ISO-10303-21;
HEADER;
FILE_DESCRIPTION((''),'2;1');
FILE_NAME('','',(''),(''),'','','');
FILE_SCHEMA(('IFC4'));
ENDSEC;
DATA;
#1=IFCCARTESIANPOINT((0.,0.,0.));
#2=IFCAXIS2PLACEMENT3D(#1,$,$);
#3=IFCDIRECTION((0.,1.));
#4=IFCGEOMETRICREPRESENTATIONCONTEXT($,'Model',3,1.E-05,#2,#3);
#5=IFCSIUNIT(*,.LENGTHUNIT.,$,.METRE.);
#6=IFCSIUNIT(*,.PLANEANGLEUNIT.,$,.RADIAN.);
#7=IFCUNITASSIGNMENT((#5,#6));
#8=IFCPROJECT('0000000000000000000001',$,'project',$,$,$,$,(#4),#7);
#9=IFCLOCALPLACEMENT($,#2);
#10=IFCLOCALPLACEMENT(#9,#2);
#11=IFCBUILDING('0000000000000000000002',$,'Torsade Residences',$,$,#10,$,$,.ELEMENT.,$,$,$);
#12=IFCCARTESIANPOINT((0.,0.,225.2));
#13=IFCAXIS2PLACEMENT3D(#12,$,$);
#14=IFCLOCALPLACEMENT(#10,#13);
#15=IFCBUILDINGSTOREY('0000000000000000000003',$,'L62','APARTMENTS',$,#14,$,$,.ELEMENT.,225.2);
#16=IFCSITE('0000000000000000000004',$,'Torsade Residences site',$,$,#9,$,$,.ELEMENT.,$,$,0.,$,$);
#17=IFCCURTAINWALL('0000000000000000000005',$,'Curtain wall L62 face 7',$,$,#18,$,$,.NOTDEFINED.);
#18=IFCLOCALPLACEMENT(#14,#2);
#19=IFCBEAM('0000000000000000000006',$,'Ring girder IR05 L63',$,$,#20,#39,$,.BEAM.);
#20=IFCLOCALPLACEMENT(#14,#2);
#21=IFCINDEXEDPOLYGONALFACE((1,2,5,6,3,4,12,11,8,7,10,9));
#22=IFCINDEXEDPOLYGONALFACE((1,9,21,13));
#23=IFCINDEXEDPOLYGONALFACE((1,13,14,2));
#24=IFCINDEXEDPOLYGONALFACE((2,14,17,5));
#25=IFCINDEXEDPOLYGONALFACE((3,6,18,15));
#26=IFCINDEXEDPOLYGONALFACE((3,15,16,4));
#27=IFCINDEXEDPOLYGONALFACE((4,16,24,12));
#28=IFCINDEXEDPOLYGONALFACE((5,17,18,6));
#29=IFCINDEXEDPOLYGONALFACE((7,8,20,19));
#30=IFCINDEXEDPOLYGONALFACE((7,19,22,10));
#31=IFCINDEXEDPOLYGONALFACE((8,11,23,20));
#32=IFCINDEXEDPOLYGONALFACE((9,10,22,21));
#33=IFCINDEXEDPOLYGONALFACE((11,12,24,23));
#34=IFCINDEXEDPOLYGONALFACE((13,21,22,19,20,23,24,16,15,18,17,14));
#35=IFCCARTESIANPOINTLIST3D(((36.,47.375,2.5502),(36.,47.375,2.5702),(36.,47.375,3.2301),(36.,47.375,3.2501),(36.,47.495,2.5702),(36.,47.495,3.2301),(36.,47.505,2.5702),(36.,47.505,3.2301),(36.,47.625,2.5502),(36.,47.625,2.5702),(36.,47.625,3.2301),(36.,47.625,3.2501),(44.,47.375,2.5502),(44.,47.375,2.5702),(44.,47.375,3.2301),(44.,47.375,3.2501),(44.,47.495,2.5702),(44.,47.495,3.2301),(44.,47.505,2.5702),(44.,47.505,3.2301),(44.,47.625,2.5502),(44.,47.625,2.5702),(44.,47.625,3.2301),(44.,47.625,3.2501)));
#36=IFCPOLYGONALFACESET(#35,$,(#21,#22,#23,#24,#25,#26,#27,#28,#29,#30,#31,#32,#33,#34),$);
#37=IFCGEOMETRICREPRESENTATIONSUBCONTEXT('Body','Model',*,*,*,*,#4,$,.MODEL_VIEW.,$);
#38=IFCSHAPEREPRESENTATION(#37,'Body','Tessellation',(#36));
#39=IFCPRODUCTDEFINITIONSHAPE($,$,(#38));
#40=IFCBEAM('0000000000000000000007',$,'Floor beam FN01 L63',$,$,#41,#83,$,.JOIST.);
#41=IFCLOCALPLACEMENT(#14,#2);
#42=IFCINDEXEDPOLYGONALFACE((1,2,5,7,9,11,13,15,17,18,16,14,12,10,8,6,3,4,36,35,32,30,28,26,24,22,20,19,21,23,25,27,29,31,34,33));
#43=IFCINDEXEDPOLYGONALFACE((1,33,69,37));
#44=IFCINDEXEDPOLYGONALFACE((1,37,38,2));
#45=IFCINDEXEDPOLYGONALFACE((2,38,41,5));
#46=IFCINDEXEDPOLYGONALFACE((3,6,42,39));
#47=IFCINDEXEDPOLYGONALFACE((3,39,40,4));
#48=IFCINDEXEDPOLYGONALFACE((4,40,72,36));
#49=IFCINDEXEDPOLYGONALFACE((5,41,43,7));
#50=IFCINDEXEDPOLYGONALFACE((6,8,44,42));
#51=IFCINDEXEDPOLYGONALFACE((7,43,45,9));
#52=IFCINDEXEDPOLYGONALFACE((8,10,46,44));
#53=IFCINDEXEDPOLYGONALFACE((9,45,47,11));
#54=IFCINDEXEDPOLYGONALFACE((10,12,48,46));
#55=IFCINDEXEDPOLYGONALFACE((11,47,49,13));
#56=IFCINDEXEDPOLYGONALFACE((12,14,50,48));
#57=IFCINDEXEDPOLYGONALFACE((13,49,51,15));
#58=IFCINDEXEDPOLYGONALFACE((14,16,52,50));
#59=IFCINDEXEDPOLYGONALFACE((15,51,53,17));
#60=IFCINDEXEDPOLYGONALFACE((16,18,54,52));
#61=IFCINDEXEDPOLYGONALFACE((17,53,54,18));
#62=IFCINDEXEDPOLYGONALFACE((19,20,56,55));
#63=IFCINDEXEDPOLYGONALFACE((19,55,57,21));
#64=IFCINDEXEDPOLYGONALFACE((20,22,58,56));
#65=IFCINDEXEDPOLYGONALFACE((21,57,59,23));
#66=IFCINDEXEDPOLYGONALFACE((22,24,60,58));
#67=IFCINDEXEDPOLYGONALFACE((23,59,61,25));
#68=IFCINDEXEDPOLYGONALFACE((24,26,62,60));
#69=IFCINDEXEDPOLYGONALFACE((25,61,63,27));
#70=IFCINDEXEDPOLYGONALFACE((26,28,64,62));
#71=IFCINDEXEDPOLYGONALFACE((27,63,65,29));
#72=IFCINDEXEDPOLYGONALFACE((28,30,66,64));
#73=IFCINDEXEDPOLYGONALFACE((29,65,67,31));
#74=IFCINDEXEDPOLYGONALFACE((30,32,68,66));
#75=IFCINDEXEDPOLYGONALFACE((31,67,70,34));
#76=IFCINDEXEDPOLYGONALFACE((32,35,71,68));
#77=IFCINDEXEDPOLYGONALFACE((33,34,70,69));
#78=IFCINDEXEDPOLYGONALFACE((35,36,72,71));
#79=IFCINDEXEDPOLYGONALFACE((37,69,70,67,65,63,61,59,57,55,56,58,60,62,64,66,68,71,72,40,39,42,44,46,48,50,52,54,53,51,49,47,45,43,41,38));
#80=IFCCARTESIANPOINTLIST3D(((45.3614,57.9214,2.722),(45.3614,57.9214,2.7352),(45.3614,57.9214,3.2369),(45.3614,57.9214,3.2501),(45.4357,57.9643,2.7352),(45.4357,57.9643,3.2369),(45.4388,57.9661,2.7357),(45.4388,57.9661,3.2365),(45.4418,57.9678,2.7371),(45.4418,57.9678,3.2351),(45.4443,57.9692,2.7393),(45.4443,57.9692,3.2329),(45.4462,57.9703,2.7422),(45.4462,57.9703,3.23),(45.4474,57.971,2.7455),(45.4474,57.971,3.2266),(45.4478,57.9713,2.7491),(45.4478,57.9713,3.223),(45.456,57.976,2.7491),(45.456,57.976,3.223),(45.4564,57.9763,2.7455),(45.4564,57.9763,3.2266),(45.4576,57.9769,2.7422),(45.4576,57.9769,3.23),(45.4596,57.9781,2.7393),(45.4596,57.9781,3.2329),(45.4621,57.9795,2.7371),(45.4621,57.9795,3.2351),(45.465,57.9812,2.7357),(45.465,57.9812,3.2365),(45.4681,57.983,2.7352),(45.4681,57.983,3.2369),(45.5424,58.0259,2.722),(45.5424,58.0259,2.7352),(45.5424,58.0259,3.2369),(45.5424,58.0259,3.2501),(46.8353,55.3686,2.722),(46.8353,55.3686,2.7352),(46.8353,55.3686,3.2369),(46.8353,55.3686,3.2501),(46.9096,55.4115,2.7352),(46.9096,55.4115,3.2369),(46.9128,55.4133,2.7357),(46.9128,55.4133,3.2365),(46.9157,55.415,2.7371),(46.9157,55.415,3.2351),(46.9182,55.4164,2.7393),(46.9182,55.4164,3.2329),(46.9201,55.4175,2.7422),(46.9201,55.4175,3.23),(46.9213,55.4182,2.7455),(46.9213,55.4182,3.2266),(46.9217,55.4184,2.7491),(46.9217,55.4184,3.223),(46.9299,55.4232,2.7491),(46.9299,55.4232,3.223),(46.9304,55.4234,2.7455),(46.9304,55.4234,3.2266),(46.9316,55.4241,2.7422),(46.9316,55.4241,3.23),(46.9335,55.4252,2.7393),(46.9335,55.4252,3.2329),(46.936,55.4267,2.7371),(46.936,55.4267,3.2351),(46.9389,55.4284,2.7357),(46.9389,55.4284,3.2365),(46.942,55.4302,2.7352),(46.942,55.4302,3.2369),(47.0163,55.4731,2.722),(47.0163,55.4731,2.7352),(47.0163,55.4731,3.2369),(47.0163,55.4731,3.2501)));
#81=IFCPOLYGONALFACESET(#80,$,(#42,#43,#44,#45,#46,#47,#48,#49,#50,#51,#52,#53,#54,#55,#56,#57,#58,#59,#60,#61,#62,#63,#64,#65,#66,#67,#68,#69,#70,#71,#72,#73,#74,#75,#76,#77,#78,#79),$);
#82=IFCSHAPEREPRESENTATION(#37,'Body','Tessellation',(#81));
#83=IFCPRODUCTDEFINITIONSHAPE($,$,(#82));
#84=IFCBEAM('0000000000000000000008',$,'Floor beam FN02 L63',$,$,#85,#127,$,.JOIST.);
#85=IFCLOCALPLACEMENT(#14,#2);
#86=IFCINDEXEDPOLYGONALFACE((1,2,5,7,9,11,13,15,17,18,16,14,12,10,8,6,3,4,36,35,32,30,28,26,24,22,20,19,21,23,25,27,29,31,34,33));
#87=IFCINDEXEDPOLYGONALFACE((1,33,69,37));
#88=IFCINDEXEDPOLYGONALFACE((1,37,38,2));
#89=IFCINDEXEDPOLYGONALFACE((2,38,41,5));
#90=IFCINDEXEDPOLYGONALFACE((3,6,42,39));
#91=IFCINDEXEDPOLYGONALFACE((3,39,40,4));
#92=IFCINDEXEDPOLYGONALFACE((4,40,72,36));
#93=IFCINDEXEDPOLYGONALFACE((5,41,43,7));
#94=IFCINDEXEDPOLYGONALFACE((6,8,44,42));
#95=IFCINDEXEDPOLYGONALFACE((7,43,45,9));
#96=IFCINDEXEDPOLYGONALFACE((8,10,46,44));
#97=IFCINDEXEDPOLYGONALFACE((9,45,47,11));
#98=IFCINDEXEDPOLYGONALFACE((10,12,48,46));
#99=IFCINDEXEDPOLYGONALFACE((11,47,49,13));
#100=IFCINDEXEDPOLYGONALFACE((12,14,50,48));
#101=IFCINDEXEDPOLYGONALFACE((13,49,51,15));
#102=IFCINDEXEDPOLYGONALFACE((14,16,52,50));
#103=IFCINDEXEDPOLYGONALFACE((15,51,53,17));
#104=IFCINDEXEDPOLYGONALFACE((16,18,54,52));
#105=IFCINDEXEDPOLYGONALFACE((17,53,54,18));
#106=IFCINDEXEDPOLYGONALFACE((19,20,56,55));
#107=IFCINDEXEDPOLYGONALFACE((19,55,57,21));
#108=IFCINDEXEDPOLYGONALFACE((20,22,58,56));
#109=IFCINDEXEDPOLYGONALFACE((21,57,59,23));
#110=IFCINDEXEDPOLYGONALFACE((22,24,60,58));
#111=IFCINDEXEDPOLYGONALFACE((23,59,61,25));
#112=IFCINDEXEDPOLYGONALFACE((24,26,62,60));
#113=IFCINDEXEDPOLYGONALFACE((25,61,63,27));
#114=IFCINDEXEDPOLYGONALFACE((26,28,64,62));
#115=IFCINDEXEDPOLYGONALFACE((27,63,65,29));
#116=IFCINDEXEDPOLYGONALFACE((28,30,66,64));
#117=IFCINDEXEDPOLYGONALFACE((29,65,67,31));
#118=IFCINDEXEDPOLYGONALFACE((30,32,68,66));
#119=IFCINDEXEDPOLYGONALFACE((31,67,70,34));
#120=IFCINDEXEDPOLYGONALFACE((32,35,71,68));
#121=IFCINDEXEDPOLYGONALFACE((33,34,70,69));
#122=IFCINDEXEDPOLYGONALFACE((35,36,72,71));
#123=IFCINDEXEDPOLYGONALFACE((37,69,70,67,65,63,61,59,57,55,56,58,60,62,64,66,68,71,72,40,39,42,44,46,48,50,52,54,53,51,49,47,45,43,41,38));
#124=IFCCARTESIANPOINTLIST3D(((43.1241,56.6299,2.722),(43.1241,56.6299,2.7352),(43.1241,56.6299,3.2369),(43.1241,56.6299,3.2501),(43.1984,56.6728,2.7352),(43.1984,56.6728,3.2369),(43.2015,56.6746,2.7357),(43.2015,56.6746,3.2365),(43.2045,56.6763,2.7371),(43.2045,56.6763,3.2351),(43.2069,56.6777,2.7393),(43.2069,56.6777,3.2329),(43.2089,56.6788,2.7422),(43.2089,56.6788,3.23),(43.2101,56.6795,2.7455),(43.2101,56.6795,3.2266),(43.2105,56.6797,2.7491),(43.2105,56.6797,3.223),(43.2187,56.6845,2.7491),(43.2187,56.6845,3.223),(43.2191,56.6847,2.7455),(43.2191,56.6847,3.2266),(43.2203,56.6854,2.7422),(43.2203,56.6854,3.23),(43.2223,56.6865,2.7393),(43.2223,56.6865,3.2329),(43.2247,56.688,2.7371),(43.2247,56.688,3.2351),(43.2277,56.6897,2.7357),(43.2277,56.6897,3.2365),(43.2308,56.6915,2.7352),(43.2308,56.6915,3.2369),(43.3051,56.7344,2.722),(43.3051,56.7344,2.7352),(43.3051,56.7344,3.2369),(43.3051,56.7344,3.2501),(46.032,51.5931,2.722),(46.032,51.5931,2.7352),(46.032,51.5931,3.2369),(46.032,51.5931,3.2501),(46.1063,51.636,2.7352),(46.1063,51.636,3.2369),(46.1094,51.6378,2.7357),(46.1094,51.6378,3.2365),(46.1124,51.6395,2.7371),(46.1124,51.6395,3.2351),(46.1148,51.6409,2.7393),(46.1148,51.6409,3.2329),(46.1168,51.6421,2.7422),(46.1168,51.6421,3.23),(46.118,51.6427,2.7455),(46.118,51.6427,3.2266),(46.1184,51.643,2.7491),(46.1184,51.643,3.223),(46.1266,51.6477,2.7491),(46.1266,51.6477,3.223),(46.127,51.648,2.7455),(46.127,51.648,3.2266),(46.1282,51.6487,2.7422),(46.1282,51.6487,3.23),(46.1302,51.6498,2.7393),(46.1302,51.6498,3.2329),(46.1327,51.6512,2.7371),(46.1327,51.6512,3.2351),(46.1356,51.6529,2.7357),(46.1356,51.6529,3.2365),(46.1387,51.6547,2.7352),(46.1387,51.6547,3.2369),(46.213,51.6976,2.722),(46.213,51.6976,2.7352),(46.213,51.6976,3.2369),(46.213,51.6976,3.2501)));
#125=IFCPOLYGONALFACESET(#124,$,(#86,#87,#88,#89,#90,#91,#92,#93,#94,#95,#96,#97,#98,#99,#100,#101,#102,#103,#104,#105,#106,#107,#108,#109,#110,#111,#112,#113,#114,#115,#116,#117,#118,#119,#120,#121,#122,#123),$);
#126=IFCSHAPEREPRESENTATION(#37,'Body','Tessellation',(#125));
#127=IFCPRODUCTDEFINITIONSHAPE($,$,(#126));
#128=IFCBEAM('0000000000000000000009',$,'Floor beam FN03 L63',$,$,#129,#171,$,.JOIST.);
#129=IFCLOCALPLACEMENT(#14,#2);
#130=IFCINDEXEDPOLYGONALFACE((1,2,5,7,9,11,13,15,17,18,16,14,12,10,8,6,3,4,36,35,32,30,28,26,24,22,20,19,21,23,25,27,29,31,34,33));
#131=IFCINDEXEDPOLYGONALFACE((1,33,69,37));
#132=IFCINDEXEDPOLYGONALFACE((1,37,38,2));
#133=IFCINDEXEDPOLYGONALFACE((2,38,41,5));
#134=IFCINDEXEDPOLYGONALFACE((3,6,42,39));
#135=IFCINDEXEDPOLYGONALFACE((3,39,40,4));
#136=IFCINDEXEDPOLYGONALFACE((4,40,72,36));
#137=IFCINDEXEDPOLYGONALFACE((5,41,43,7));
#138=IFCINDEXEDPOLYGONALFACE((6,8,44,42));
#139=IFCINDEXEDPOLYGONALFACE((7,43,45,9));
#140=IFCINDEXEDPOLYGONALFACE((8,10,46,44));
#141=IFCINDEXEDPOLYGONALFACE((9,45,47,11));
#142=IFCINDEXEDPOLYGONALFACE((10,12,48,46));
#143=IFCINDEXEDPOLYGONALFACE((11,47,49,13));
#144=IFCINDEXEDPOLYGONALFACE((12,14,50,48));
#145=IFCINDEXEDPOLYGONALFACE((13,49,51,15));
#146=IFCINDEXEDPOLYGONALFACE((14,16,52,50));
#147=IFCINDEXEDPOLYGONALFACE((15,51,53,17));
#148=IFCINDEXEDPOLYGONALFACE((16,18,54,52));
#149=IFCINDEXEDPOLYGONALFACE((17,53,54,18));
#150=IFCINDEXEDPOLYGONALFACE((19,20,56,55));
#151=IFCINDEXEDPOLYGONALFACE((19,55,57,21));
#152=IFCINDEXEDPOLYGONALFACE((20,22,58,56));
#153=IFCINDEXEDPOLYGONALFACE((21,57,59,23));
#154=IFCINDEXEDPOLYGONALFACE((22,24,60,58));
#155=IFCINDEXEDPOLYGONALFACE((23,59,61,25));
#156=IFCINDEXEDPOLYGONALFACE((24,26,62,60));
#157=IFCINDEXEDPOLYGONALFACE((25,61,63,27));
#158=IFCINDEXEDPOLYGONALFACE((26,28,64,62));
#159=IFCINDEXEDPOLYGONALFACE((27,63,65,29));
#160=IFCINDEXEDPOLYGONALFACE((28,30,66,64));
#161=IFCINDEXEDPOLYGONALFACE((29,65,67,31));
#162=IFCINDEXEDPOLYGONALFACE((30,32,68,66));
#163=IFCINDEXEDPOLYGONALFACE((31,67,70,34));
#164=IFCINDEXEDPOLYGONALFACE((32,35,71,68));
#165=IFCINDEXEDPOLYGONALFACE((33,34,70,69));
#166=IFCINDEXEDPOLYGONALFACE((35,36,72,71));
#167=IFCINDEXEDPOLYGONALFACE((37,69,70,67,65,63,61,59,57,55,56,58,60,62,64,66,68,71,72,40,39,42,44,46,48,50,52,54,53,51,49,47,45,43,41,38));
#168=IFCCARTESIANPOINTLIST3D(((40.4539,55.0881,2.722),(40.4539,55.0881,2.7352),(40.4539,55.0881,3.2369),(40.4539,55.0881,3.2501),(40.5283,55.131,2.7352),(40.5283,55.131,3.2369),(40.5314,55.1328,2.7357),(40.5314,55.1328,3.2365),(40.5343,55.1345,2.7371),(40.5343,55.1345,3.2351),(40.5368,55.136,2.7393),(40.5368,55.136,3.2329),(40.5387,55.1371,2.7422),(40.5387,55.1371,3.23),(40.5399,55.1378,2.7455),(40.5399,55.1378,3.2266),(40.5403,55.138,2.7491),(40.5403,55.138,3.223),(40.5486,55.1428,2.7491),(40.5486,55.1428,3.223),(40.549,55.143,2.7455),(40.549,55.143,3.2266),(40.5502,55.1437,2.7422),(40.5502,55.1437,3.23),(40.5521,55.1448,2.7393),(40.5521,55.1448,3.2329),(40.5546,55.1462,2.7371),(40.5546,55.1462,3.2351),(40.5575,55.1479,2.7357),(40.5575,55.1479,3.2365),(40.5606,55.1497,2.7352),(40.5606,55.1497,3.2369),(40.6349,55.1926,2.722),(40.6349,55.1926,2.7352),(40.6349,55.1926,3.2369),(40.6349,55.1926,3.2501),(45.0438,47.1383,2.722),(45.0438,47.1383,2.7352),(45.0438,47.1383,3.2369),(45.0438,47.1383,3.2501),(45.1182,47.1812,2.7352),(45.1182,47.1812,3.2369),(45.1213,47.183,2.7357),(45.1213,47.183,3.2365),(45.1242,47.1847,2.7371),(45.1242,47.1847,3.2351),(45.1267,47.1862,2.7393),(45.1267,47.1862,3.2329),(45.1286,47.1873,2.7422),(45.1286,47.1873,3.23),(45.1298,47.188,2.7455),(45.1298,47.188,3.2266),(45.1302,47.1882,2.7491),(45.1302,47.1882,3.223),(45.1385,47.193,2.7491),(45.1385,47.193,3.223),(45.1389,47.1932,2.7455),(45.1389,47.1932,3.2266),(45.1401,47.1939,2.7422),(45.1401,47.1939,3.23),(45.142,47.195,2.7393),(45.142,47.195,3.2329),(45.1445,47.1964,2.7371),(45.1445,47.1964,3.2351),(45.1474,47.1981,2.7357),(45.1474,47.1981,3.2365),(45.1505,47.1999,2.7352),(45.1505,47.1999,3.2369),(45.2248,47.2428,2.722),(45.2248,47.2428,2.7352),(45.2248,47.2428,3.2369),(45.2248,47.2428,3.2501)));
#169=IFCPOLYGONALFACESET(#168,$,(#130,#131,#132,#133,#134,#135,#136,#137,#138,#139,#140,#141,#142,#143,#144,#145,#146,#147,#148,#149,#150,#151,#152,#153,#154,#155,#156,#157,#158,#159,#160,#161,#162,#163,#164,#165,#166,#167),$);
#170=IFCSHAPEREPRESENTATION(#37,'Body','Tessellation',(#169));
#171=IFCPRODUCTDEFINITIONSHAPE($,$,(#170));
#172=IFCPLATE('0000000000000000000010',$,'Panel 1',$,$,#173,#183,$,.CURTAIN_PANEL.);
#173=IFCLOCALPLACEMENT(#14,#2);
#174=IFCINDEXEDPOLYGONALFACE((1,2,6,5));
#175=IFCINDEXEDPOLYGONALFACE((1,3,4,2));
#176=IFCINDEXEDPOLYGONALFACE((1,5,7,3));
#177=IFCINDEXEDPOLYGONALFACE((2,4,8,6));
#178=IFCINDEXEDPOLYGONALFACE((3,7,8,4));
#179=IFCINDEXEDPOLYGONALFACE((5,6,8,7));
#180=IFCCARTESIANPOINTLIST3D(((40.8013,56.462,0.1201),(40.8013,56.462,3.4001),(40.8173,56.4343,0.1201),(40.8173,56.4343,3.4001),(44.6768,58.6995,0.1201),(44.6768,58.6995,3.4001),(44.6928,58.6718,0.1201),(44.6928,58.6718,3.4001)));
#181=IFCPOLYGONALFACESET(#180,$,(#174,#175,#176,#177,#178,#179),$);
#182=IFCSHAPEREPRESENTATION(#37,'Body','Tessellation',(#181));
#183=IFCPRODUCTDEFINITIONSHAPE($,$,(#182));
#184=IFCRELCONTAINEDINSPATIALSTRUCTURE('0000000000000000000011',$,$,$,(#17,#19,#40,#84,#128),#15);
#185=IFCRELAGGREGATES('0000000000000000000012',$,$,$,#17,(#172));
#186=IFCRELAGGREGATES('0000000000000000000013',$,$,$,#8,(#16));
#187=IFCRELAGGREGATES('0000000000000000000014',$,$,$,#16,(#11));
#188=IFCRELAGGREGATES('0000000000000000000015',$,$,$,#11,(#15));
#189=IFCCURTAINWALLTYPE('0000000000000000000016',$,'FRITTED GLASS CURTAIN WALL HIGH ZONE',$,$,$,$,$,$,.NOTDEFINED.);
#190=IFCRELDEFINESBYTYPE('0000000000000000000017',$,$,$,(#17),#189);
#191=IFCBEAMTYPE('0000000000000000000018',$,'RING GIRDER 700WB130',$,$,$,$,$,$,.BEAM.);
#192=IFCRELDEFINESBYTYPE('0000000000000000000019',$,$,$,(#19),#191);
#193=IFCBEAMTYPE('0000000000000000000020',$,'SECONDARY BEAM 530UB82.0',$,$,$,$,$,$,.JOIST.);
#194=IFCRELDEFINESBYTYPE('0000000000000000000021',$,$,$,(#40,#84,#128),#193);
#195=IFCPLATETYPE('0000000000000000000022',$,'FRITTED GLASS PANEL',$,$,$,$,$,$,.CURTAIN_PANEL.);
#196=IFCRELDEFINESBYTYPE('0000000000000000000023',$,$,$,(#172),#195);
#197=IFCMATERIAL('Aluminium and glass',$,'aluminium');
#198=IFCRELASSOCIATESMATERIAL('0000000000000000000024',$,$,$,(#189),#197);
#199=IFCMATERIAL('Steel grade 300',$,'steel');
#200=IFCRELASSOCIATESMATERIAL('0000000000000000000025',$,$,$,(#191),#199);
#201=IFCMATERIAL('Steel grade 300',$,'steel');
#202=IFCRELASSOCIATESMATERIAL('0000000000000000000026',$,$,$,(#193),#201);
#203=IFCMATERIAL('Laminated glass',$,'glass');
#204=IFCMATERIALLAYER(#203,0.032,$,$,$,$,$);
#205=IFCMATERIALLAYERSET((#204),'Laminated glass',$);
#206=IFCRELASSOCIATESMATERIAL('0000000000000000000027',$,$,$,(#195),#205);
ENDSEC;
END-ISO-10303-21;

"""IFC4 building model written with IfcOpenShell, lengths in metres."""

from ifc_helpers import new_model, si_unit, direction, frame, origin, origin_2d, place, context, subcontext, project, spatial, rectangle, i_section, extrude, material, layer, layer_set, material_profile, profile_set, type_object, element, aggregate, save


model = new_model("IFC4")

# Units and contexts
model_context = context("Model", 3, precision=1e-05, world=origin(), true_north=direction((0.0, 1.0)))
body_context = subcontext(model_context, "Body", "Model", "MODEL_VIEW")
ifc_project = project(units=[si_unit("LENGTHUNIT", "METRE"), si_unit("PLANEANGLEUNIT", "RADIAN")], contexts=[model_context])

# Site, building, storey
site_placement = place(None, origin())
site = spatial("IfcSite", under=ifc_project, at=site_placement, Name="Torsade Residences site", CompositionType="ELEMENT", RefElevation=0.0)
building_placement = place(site_placement, origin())
building = spatial("IfcBuilding", under=site, at=building_placement, Name="Torsade Residences", CompositionType="ELEMENT")
storey_placement = place(building_placement, frame((0.0, 0.0, 225.2)))
storey = spatial("IfcBuildingStorey", under=building, at=storey_placement, Name="L62", Description="APARTMENTS", CompositionType="ELEMENT", Elevation=225.2)

# Curtain wall
ifc_material_1 = material(Name="Aluminium and glass", Category="aluminium")
curtain_wall_type = type_object("IfcCurtainWallType", Name="FRITTED GLASS CURTAIN WALL HIGH ZONE", PredefinedType="NOTDEFINED", material=ifc_material_1)
curtain_wall_placement = place(storey_placement, origin())
curtain_wall = element("IfcCurtainWall", 1, at=curtain_wall_placement, inside=storey, type_object=curtain_wall_type, Name="Curtain wall L62 face 7", PredefinedType="NOTDEFINED")

# Beams
ifc_material_2 = material(Name="Steel grade 300", Category="steel")
ifc_material_profile_1 = material_profile(ifc_material_2, i_section(OverallWidth=0.25, OverallDepth=0.7, WebThickness=0.01, FlangeThickness=0.02, at=origin_2d()), Name="700WB130")
ifc_profile_set_1 = profile_set([ifc_material_profile_1], Name="Steel grade 300")
beam_type_1 = type_object("IfcBeamType", Name="RING GIRDER 700WB130", PredefinedType="BEAM", material=ifc_profile_set_1)
beam_1_placement = place(storey_placement, frame((44.0, 47.5, 2.9001), z_axis=(-1.0, 0.0, 0.0), x_axis=(0.0, -1.0, 0.0)))
element("IfcBeam", 2, at=beam_1_placement, inside=storey, type_object=beam_type_1, Name="Ring girder IR05 L63", PredefinedType="BEAM", context=body_context, shape_type="SweptSolid", body=[
    extrude(i_section(OverallWidth=0.25, OverallDepth=0.7, WebThickness=0.01, FlangeThickness=0.02, at=origin_2d()), origin(), (0.0, 0.0, 1.0), 8.0),
])
ifc_material_3 = material(Name="Steel grade 300", Category="steel")
ifc_material_profile_2 = material_profile(ifc_material_3, i_section(OverallWidth=0.209, OverallDepth=0.5281, WebThickness=0.0095, FlangeThickness=0.0132, FilletRadius=0.0139, at=origin_2d()), Name="530UB82.0")
ifc_profile_set_2 = profile_set([ifc_material_profile_2], Name="Steel grade 300")
beam_type_2 = type_object("IfcBeamType", Name="SECONDARY BEAM 530UB82.0", PredefinedType="JOIST", material=ifc_profile_set_2)
beam_2_placement = place(storey_placement, frame((45.4519, 57.9736, 2.9861), z_axis=(0.500014, -0.866017, 0.0), x_axis=(0.866017, 0.500014, 0.0)))
element("IfcBeam", 3, at=beam_2_placement, inside=storey, type_object=beam_type_2, Name="Floor beam FN01 L63", PredefinedType="JOIST", context=body_context, shape_type="SweptSolid", body=[
    extrude(i_section(OverallWidth=0.209, OverallDepth=0.5281, WebThickness=0.0095, FlangeThickness=0.0132, FilletRadius=0.0139, at=origin_2d()), origin(), (0.0, 0.0, 1.0), 2.9478),
])
beam_3_placement = place(storey_placement, frame((43.2146, 56.6821, 2.9861), z_axis=(0.49999, -0.866031, 0.0), x_axis=(0.866031, 0.49999, 0.0)))
element("IfcBeam", 4, at=beam_3_placement, inside=storey, type_object=beam_type_2, Name="Floor beam FN02 L63", PredefinedType="JOIST", context=body_context, shape_type="SweptSolid", body=[
    extrude(i_section(OverallWidth=0.209, OverallDepth=0.5281, WebThickness=0.0095, FlangeThickness=0.0132, FilletRadius=0.0139, at=origin_2d()), origin(), (0.0, 0.0, 1.0), 5.8159),
])
beam_4_placement = place(storey_placement, frame((40.5444, 55.1404, 2.9861), z_axis=(0.500006, -0.866022, 0.0), x_axis=(0.866022, 0.500006, 0.0)))
element("IfcBeam", 5, at=beam_4_placement, inside=storey, type_object=beam_type_2, Name="Floor beam FN03 L63", PredefinedType="JOIST", context=body_context, shape_type="SweptSolid", body=[
    extrude(i_section(OverallWidth=0.209, OverallDepth=0.5281, WebThickness=0.0095, FlangeThickness=0.0132, FilletRadius=0.0139, at=origin_2d()), origin(), (0.0, 0.0, 1.0), 9.1797),
])

# Plate
ifc_material_4 = material(Name="Laminated glass", Category="glass")
ifc_layer_1 = layer(ifc_material_4, 0.032)
ifc_layer_set_1 = layer_set([ifc_layer_1], Name="Laminated glass")
plate_type = type_object("IfcPlateType", Name="FRITTED GLASS PANEL", PredefinedType="CURTAIN_PANEL", material=ifc_layer_set_1)
plate_placement = place(storey_placement, frame((42.7471, 57.5669, 0.1201), z_axis=(0.0, 0.0, 1.0), x_axis=(-0.866025, -0.5, 0.0)))
plate = element("IfcPlate", 6, at=plate_placement, type_object=plate_type, Name="Panel 1", PredefinedType="CURTAIN_PANEL", context=body_context, shape_type="SweptSolid", body=[
    extrude(rectangle(XDim=4.4751, YDim=0.032, at=origin_2d()), origin(), (0.0, 0.0, 1.0), 3.28),
])
aggregate(curtain_wall, [plate])

save(model, "model.ifc")
